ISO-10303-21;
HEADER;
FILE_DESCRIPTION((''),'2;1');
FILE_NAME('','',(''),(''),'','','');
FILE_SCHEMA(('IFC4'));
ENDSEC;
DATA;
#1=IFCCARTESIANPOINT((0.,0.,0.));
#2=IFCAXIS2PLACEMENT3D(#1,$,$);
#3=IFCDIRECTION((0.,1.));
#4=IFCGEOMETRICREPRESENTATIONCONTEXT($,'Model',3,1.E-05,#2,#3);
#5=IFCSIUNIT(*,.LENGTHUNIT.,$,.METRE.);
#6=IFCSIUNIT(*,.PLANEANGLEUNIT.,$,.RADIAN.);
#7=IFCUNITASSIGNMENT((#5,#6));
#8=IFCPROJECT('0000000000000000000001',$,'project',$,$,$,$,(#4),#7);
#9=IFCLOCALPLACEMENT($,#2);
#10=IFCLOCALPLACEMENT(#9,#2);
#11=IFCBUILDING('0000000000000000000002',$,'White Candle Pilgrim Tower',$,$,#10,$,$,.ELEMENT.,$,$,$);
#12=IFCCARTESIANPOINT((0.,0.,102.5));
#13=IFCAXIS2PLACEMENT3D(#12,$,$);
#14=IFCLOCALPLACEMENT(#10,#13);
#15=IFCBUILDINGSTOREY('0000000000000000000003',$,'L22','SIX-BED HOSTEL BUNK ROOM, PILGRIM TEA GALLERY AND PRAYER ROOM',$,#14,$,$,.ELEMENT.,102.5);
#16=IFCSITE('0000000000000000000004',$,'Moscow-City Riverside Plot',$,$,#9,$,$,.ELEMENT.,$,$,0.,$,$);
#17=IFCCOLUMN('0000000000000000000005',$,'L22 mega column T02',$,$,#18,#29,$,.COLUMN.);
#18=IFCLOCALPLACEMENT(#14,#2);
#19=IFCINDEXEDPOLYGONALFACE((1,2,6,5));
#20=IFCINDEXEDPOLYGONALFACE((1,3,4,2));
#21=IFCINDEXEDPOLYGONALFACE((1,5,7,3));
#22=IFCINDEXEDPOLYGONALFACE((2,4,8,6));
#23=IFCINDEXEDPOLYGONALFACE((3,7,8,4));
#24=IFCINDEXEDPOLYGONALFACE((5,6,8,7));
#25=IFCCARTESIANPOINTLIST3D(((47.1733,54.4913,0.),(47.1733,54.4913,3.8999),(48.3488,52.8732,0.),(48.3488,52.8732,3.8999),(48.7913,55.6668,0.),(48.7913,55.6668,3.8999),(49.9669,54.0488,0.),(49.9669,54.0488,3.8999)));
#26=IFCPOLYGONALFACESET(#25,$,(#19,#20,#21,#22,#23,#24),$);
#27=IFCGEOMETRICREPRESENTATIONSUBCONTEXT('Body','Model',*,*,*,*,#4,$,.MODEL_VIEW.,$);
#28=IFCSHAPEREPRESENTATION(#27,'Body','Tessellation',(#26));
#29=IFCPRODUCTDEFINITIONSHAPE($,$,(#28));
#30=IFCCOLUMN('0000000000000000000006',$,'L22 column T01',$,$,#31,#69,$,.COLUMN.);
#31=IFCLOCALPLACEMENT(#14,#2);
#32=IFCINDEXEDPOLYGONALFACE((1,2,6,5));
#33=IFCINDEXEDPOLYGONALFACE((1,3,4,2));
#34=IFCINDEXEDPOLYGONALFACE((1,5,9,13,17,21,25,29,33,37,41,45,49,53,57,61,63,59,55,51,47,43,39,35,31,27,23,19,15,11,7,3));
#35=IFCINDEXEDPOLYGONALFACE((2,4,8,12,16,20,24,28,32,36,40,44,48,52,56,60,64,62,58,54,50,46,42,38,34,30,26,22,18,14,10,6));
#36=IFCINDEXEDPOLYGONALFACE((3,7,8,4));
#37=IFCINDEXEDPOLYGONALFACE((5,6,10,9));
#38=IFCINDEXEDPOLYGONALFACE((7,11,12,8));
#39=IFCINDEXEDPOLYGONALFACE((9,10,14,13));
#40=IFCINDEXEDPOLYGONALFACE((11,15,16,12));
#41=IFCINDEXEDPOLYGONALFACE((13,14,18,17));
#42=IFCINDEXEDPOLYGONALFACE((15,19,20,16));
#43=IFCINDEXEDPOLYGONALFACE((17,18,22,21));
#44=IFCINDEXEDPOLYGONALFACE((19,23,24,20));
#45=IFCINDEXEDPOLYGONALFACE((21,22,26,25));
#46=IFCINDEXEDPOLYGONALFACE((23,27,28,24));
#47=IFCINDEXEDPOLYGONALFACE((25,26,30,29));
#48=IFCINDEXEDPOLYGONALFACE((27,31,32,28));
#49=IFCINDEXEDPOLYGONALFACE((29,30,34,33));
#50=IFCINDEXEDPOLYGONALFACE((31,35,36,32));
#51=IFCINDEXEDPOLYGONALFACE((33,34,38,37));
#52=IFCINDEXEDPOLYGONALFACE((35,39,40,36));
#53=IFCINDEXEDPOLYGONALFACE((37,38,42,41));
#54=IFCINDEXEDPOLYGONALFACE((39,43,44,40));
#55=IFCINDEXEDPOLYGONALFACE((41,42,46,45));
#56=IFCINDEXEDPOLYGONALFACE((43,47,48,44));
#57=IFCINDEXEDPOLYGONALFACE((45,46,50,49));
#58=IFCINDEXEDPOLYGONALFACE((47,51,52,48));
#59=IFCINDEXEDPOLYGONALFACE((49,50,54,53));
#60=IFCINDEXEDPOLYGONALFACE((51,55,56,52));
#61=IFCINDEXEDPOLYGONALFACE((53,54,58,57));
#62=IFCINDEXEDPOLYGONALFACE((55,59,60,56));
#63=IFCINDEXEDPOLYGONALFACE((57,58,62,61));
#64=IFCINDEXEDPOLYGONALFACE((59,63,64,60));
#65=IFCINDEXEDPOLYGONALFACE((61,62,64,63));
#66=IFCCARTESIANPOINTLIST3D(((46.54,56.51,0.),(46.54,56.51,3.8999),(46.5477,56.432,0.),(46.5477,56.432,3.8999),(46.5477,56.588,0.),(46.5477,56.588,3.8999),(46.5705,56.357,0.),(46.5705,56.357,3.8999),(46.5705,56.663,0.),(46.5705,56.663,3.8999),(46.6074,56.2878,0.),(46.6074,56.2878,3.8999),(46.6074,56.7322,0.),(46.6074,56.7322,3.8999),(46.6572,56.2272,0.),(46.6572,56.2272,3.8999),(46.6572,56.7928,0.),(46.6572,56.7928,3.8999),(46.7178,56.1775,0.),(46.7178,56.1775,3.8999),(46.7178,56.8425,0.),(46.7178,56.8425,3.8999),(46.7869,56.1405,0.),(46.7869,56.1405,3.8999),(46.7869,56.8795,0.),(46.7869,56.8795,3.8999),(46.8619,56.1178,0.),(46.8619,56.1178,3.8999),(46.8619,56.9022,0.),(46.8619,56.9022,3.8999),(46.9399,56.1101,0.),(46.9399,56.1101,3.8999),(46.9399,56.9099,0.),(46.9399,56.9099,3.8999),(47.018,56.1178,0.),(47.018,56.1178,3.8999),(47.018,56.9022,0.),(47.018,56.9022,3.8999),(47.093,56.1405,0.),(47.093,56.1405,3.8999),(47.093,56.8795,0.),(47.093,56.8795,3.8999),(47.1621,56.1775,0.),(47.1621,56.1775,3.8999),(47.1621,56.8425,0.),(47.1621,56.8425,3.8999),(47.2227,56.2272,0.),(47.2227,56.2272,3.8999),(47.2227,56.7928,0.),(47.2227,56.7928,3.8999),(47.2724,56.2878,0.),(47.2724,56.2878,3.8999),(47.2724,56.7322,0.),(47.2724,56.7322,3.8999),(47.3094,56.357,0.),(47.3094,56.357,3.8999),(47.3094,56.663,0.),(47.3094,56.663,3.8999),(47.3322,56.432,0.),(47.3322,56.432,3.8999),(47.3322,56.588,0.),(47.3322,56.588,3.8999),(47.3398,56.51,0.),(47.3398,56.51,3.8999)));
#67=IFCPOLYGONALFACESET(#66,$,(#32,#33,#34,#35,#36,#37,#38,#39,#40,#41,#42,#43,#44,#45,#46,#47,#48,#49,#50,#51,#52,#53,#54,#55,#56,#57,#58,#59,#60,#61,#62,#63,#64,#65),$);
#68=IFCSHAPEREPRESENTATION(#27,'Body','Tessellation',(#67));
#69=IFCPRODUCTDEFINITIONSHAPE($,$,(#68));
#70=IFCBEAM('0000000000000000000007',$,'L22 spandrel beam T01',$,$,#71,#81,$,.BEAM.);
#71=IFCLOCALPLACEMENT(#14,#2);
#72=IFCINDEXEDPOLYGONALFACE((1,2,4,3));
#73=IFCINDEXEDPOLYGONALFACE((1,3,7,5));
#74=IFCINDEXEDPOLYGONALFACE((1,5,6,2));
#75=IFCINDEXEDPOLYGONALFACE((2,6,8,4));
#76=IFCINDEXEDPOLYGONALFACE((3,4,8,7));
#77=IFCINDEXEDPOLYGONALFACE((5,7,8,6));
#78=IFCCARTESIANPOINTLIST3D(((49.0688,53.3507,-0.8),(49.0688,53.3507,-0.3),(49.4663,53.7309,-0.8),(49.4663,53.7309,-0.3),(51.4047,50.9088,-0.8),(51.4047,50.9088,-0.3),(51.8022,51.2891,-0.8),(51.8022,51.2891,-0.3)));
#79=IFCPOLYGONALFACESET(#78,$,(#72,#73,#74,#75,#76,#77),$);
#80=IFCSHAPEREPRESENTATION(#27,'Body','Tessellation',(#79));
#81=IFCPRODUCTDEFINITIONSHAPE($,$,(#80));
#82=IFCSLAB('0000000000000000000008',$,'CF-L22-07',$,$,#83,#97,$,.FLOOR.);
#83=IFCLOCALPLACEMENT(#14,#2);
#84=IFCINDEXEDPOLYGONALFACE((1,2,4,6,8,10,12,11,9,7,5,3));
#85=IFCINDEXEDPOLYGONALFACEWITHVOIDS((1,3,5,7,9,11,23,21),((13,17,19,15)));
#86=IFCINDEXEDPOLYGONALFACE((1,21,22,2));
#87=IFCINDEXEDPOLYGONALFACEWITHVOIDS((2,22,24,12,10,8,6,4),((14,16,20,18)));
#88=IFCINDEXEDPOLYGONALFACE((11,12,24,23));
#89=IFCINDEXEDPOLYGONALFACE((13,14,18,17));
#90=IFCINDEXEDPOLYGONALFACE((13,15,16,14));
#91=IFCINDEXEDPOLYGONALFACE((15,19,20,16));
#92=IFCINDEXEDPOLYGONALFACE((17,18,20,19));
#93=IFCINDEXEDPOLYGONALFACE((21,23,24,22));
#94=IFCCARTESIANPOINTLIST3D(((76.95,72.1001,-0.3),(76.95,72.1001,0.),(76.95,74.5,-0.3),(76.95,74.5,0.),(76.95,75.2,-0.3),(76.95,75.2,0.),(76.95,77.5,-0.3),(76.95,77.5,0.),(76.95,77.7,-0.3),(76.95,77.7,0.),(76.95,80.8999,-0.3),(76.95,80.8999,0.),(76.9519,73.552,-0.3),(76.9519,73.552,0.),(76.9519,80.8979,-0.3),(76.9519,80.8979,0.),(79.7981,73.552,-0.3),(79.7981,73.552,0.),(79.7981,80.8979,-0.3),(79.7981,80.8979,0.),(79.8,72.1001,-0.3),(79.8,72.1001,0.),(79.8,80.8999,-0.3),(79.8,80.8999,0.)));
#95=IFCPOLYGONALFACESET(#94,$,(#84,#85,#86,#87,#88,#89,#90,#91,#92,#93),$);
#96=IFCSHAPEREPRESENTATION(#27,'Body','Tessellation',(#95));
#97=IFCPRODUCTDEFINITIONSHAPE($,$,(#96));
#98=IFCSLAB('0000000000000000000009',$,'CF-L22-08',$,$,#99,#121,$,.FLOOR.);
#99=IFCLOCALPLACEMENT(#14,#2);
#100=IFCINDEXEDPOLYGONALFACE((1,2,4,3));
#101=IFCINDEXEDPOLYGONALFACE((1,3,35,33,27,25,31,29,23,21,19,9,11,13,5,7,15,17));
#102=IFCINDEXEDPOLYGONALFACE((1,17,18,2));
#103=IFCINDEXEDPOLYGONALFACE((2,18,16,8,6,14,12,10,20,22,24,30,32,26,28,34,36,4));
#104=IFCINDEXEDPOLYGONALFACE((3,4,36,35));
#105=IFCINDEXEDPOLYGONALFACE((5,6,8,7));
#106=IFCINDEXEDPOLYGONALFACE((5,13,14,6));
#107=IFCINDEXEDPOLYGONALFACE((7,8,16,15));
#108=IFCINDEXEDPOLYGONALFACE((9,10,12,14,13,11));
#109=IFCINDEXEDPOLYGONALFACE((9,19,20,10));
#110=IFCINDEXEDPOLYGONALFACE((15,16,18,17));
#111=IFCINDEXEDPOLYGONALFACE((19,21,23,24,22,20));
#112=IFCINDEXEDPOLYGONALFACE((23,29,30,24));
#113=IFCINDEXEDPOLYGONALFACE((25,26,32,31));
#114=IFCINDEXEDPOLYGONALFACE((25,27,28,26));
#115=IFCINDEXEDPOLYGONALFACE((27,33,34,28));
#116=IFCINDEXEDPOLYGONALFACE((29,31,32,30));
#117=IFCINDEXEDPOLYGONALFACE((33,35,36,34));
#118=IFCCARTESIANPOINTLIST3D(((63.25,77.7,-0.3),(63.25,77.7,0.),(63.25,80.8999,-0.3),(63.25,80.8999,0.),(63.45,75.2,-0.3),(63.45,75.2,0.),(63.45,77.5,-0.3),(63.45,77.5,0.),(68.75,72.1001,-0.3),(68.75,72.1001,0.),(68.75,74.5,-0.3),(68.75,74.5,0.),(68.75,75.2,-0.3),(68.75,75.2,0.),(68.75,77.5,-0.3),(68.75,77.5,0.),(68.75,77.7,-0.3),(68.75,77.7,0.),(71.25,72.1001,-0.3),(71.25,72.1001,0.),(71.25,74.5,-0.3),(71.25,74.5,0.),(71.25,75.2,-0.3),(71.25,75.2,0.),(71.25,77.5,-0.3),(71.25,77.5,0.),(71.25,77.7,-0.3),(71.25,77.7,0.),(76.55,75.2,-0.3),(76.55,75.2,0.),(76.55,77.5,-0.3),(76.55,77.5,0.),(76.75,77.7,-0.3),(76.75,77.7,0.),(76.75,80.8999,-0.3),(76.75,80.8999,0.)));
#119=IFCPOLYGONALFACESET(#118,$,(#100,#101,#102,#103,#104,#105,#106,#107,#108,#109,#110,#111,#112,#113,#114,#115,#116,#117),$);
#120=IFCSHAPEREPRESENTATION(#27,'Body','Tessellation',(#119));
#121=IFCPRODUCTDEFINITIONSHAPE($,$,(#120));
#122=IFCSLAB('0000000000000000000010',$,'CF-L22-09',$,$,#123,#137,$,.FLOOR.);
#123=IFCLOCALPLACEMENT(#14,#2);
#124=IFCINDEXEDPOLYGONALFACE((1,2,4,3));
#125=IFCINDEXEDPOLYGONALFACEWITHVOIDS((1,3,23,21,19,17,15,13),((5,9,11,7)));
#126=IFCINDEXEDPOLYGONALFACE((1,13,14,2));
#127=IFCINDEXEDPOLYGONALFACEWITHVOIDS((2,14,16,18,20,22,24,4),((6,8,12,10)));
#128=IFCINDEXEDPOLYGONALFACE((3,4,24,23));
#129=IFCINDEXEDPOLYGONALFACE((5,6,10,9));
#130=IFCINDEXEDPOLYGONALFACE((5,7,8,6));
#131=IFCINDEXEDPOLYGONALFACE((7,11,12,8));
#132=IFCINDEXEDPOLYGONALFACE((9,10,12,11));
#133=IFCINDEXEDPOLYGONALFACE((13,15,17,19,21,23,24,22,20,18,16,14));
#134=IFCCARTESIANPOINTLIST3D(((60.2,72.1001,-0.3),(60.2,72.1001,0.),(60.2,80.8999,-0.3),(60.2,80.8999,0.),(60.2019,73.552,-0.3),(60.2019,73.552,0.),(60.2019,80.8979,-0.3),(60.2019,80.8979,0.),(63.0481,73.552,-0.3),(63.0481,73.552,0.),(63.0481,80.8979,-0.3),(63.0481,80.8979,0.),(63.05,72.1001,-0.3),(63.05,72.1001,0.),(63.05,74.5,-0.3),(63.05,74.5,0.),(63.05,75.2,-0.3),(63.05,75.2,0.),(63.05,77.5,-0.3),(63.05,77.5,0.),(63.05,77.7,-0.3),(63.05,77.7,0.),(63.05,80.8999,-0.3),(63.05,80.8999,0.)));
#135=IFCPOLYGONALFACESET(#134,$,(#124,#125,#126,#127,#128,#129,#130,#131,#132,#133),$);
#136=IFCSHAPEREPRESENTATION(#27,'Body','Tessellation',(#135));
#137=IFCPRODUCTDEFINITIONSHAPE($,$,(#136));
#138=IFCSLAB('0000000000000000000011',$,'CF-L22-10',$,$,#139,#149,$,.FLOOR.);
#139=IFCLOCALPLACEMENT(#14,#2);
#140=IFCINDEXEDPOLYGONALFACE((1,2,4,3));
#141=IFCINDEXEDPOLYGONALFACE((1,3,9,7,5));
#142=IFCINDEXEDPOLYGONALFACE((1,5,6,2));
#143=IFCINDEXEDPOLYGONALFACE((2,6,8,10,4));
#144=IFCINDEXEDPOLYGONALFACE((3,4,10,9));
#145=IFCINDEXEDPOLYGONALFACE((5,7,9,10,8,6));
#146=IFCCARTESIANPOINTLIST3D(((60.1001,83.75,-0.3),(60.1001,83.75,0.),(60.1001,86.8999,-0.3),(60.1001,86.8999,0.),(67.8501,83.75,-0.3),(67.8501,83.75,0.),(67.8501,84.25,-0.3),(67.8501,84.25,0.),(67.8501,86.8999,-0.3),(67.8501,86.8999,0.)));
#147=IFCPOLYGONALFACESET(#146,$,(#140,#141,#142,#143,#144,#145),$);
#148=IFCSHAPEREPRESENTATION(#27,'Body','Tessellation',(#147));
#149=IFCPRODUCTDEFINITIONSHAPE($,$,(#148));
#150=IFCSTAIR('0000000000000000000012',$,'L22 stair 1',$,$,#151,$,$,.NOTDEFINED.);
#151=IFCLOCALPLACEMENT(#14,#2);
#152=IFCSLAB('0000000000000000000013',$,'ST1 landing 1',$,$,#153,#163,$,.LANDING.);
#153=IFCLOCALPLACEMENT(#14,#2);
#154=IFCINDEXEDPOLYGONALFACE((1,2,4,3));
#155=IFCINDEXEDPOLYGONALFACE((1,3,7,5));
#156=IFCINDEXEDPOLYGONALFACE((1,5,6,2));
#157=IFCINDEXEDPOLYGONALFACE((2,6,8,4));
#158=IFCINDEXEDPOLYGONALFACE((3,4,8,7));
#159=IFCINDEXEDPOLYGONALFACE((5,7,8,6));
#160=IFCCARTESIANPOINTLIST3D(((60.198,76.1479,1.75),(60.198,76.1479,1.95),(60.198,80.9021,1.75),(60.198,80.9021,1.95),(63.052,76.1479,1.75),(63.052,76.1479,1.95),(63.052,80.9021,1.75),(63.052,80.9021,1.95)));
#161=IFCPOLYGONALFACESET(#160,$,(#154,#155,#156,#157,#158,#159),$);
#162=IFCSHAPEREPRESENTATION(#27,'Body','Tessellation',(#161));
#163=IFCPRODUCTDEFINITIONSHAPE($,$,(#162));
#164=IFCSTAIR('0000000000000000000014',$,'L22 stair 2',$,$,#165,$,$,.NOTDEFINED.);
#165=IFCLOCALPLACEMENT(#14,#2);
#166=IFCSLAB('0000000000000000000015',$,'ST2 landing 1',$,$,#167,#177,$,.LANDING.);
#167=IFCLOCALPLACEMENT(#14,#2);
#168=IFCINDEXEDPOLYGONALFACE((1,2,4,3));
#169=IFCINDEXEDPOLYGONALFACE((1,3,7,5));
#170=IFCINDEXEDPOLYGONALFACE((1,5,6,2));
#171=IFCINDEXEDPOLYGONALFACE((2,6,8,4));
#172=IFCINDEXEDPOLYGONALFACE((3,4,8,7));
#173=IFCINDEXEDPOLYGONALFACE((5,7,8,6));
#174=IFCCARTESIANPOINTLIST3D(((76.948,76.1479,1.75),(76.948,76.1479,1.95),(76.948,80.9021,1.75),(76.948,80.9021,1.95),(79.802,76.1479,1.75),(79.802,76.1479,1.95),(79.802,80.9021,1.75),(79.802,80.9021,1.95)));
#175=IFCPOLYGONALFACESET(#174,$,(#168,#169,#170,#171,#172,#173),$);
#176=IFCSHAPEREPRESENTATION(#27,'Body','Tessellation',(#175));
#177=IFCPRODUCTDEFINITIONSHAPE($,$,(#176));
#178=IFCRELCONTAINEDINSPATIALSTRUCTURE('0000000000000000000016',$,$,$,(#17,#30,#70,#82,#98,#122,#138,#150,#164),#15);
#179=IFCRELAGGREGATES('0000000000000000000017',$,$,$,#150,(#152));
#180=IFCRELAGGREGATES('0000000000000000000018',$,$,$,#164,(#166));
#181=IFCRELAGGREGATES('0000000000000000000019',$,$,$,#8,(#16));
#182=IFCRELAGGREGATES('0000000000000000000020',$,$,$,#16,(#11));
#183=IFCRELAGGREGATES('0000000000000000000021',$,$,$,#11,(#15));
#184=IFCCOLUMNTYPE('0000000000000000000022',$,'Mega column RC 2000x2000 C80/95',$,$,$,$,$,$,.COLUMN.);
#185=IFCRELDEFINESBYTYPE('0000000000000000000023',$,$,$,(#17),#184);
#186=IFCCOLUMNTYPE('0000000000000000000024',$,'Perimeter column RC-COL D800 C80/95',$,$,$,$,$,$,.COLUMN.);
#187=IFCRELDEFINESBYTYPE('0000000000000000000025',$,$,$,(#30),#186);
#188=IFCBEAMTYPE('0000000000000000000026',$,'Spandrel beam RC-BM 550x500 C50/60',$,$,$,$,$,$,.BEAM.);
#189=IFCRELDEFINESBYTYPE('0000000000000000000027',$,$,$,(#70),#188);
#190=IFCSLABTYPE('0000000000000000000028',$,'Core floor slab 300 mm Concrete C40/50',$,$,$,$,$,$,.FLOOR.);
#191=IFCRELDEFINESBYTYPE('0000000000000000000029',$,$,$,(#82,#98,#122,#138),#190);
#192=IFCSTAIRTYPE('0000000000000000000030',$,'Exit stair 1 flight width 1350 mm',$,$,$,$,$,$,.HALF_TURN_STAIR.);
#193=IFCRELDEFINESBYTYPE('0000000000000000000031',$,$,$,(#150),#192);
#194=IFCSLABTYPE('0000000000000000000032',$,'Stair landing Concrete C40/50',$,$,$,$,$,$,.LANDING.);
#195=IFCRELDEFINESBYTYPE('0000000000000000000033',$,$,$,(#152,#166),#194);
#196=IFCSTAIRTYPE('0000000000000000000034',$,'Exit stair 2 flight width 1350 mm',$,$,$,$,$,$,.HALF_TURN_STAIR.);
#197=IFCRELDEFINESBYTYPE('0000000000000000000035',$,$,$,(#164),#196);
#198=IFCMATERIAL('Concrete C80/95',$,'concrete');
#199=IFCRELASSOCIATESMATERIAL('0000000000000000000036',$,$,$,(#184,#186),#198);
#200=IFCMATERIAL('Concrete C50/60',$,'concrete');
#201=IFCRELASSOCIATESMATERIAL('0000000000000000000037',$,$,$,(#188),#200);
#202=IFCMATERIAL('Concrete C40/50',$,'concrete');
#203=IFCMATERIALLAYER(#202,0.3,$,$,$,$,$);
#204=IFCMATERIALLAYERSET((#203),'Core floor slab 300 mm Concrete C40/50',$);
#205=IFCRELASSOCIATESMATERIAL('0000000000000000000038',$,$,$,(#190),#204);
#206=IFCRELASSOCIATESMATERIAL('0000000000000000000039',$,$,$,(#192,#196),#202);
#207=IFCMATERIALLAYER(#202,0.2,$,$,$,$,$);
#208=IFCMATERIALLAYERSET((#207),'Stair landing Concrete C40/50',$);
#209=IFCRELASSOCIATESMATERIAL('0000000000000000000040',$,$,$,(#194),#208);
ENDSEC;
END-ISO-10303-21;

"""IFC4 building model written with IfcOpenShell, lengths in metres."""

from ifc_helpers import new_model, si_unit, direction, frame, origin, origin_2d, place, context, subcontext, project, spatial, polyline, rectangle, circle, outline, extrude, material, layer, layer_set, material_profile, profile_set, type_object, element, aggregate, save


model = new_model("IFC4")

# Units and contexts
model_context = context("Model", 3, precision=1e-05, world=origin(), true_north=direction((0.0, 1.0)))
body_context = subcontext(model_context, "Body", "Model", "MODEL_VIEW")
ifc_project = project(units=[si_unit("LENGTHUNIT", "METRE"), si_unit("PLANEANGLEUNIT", "RADIAN")], contexts=[model_context])

# Site, building, storey
site_placement = place(None, origin())
site = spatial("IfcSite", under=ifc_project, at=site_placement, Name="Moscow-City Riverside Plot", CompositionType="ELEMENT", RefElevation=0.0)
building_placement = place(site_placement, origin())
building = spatial("IfcBuilding", under=site, at=building_placement, Name="White Candle Pilgrim Tower", CompositionType="ELEMENT")
storey_placement = place(building_placement, frame((0.0, 0.0, 102.5)))
storey = spatial("IfcBuildingStorey", under=building, at=storey_placement, Name="L22", Description="SIX-BED HOSTEL BUNK ROOM, PILGRIM TEA GALLERY AND PRAYER ROOM", CompositionType="ELEMENT", Elevation=102.5)

# Columns
ifc_material_1 = material(Name="Concrete C80/95", Category="concrete")
ifc_material_profile_1 = material_profile(ifc_material_1, rectangle(XDim=2.0, YDim=2.0, at=origin_2d()), Name="RC 2000x2000")
ifc_profile_set_1 = profile_set([ifc_material_profile_1], Name="Concrete C80/95")
column_type_1 = type_object("IfcColumnType", Name="Mega column RC 2000x2000 C80/95", PredefinedType="COLUMN", material=ifc_profile_set_1)
column_1_placement = place(storey_placement, frame((48.5701, 54.27, 0.0), z_axis=(0.0, 0.0, 1.0), x_axis=(-0.809017, -0.587785, 0.0)))
element("IfcColumn", 1, at=column_1_placement, inside=storey, type_object=column_type_1, Name="L22 mega column T02", PredefinedType="COLUMN", context=body_context, shape_type="SweptSolid", body=[
    extrude(rectangle(XDim=2.0, YDim=2.0, at=origin_2d()), origin(), (0.0, 0.0, 1.0), 3.8999),
])
ifc_material_profile_2 = material_profile(ifc_material_1, circle(Radius=0.3999, at=origin_2d()), Name="RC-COL D800")
ifc_profile_set_2 = profile_set([ifc_material_profile_2], Name="Concrete C80/95")
column_type_2 = type_object("IfcColumnType", Name="Perimeter column RC-COL D800 C80/95", PredefinedType="COLUMN", material=ifc_profile_set_2)
column_2_placement = place(storey_placement, frame((46.9399, 56.51, 0.0), z_axis=(0.0, 0.0, 1.0), x_axis=(1.0, 0.0, 0.0)))
element("IfcColumn", 2, at=column_2_placement, inside=storey, type_object=column_type_2, Name="L22 column T01", PredefinedType="COLUMN", context=body_context, shape_type="SweptSolid", body=[
    extrude(circle(Radius=0.3999, at=origin_2d()), origin(), (0.0, 0.0, 1.0), 3.8999),
])

# Beam
ifc_material_2 = material(Name="Concrete C50/60", Category="concrete")
ifc_material_profile_3 = material_profile(ifc_material_2, rectangle(XDim=0.55, YDim=0.5, at=origin_2d()), Name="RC-BM 550x500")
ifc_profile_set_3 = profile_set([ifc_material_profile_3], Name="Concrete C50/60")
beam_type = type_object("IfcBeamType", Name="Spandrel beam RC-BM 550x500 C50/60", PredefinedType="BEAM", material=ifc_profile_set_3)
beam_placement = place(storey_placement, frame((49.2676, 53.5408, -0.55), z_axis=(0.691255, -0.72261, 0.0), x_axis=(0.72261, 0.691255, 0.0)))
element("IfcBeam", 3, at=beam_placement, inside=storey, type_object=beam_type, Name="L22 spandrel beam T01", PredefinedType="BEAM", context=body_context, shape_type="SweptSolid", body=[
    extrude(rectangle(XDim=0.55, YDim=0.5, at=origin_2d()), origin(), (0.0, 0.0, 1.0), 3.3792),
])

# Slabs
ifc_material_3 = material(Name="Concrete C40/50", Category="concrete")
ifc_layer_1 = layer(ifc_material_3, 0.3)
ifc_layer_set_1 = layer_set([ifc_layer_1], Name="Core floor slab 300 mm Concrete C40/50")
slab_type_1 = type_object("IfcSlabType", Name="Core floor slab 300 mm Concrete C40/50", PredefinedType="FLOOR", material=ifc_layer_set_1)
slab_1_placement = place(storey_placement, frame((0.0, 0.0, -0.3)))
element("IfcSlab", 4, at=slab_1_placement, inside=storey, type_object=slab_type_1, Name="CF-L22-07", PredefinedType="FLOOR", context=body_context, shape_type="SweptSolid", body=[
    extrude(outline(polyline([(76.95, 72.1001), (76.95, 74.5), (76.95, 75.2), (76.95, 77.5), (76.95, 77.7), (76.95, 80.8999), (79.8, 80.8999), (79.8, 72.1001), (76.95, 72.1001)]), holes=[polyline([(76.9519, 73.552), (79.7981, 73.552), (79.7981, 80.8979), (76.9519, 80.8979), (76.9519, 73.552)])]), origin(), (0.0, 0.0, 1.0), 0.3),
])
slab_2_placement = place(storey_placement, frame((0.0, 0.0, -0.3)))
element("IfcSlab", 5, at=slab_2_placement, inside=storey, type_object=slab_type_1, Name="CF-L22-08", PredefinedType="FLOOR", context=body_context, shape_type="SweptSolid", body=[
    extrude(outline(polyline([(68.75, 72.1001), (68.75, 74.5), (68.75, 75.2), (63.45, 75.2), (63.45, 77.5), (68.75, 77.5), (68.75, 77.7), (63.25, 77.7), (63.25, 80.8999), (76.75, 80.8999), (76.75, 77.7), (71.25, 77.7), (71.25, 77.5), (76.55, 77.5), (76.55, 75.2), (71.25, 75.2), (71.25, 74.5), (71.25, 72.1001), (68.75, 72.1001)])), origin(), (0.0, 0.0, 1.0), 0.3),
])
slab_3_placement = place(storey_placement, frame((0.0, 0.0, -0.3)))
element("IfcSlab", 6, at=slab_3_placement, inside=storey, type_object=slab_type_1, Name="CF-L22-09", PredefinedType="FLOOR", context=body_context, shape_type="SweptSolid", body=[
    extrude(outline(polyline([(60.2, 72.1001), (60.2, 80.8999), (63.05, 80.8999), (63.05, 77.7), (63.05, 77.5), (63.05, 75.2), (63.05, 74.5), (63.05, 72.1001), (60.2, 72.1001)]), holes=[polyline([(60.2019, 73.552), (63.0481, 73.552), (63.0481, 80.8979), (60.2019, 80.8979), (60.2019, 73.552)])]), origin(), (0.0, 0.0, 1.0), 0.3),
])
slab_4_placement = place(storey_placement, frame((0.0, 0.0, -0.3)))
element("IfcSlab", 7, at=slab_4_placement, inside=storey, type_object=slab_type_1, Name="CF-L22-10", PredefinedType="FLOOR", context=body_context, shape_type="SweptSolid", body=[
    extrude(outline(polyline([(60.1001, 86.8999), (67.8501, 86.8999), (67.8501, 84.25), (67.8501, 83.75), (60.1001, 83.75), (60.1001, 86.8999)])), origin(), (0.0, 0.0, 1.0), 0.3),
])

# Stairs, slabs
stair_type_1 = type_object("IfcStairType", Name="Exit stair 1 flight width 1350 mm", PredefinedType="HALF_TURN_STAIR", material=ifc_material_3)
stair_1_placement = place(storey_placement, origin())
stair_1 = element("IfcStair", 8, at=stair_1_placement, inside=storey, type_object=stair_type_1, Name="L22 stair 1", PredefinedType="NOTDEFINED")
ifc_layer_2 = layer(ifc_material_3, 0.2)
ifc_layer_set_2 = layer_set([ifc_layer_2], Name="Stair landing Concrete C40/50")
slab_type_2 = type_object("IfcSlabType", Name="Stair landing Concrete C40/50", PredefinedType="LANDING", material=ifc_layer_set_2)
slab_5_placement = place(storey_placement, frame((0.0, 0.0, 1.75)))
slab_5 = element("IfcSlab", 9, at=slab_5_placement, type_object=slab_type_2, Name="ST1 landing 1", PredefinedType="LANDING", context=body_context, shape_type="SweptSolid", body=[
    extrude(outline(polyline([(63.052, 76.1479), (60.198, 76.1479), (60.198, 80.9021), (63.052, 80.9021), (63.052, 76.1479)])), origin(), (0.0, 0.0, 1.0), 0.2),
])
aggregate(stair_1, [slab_5])
stair_type_2 = type_object("IfcStairType", Name="Exit stair 2 flight width 1350 mm", PredefinedType="HALF_TURN_STAIR", material=ifc_material_3)
stair_2_placement = place(storey_placement, origin())
stair_2 = element("IfcStair", 10, at=stair_2_placement, inside=storey, type_object=stair_type_2, Name="L22 stair 2", PredefinedType="NOTDEFINED")
slab_6_placement = place(storey_placement, frame((0.0, 0.0, 1.75)))
slab_6 = element("IfcSlab", 11, at=slab_6_placement, type_object=slab_type_2, Name="ST2 landing 1", PredefinedType="LANDING", context=body_context, shape_type="SweptSolid", body=[
    extrude(outline(polyline([(79.802, 76.1479), (76.948, 76.1479), (76.948, 80.9021), (79.802, 80.9021), (79.802, 76.1479)])), origin(), (0.0, 0.0, 1.0), 0.2),
])
aggregate(stair_2, [slab_6])

save(model, "model.ifc")
